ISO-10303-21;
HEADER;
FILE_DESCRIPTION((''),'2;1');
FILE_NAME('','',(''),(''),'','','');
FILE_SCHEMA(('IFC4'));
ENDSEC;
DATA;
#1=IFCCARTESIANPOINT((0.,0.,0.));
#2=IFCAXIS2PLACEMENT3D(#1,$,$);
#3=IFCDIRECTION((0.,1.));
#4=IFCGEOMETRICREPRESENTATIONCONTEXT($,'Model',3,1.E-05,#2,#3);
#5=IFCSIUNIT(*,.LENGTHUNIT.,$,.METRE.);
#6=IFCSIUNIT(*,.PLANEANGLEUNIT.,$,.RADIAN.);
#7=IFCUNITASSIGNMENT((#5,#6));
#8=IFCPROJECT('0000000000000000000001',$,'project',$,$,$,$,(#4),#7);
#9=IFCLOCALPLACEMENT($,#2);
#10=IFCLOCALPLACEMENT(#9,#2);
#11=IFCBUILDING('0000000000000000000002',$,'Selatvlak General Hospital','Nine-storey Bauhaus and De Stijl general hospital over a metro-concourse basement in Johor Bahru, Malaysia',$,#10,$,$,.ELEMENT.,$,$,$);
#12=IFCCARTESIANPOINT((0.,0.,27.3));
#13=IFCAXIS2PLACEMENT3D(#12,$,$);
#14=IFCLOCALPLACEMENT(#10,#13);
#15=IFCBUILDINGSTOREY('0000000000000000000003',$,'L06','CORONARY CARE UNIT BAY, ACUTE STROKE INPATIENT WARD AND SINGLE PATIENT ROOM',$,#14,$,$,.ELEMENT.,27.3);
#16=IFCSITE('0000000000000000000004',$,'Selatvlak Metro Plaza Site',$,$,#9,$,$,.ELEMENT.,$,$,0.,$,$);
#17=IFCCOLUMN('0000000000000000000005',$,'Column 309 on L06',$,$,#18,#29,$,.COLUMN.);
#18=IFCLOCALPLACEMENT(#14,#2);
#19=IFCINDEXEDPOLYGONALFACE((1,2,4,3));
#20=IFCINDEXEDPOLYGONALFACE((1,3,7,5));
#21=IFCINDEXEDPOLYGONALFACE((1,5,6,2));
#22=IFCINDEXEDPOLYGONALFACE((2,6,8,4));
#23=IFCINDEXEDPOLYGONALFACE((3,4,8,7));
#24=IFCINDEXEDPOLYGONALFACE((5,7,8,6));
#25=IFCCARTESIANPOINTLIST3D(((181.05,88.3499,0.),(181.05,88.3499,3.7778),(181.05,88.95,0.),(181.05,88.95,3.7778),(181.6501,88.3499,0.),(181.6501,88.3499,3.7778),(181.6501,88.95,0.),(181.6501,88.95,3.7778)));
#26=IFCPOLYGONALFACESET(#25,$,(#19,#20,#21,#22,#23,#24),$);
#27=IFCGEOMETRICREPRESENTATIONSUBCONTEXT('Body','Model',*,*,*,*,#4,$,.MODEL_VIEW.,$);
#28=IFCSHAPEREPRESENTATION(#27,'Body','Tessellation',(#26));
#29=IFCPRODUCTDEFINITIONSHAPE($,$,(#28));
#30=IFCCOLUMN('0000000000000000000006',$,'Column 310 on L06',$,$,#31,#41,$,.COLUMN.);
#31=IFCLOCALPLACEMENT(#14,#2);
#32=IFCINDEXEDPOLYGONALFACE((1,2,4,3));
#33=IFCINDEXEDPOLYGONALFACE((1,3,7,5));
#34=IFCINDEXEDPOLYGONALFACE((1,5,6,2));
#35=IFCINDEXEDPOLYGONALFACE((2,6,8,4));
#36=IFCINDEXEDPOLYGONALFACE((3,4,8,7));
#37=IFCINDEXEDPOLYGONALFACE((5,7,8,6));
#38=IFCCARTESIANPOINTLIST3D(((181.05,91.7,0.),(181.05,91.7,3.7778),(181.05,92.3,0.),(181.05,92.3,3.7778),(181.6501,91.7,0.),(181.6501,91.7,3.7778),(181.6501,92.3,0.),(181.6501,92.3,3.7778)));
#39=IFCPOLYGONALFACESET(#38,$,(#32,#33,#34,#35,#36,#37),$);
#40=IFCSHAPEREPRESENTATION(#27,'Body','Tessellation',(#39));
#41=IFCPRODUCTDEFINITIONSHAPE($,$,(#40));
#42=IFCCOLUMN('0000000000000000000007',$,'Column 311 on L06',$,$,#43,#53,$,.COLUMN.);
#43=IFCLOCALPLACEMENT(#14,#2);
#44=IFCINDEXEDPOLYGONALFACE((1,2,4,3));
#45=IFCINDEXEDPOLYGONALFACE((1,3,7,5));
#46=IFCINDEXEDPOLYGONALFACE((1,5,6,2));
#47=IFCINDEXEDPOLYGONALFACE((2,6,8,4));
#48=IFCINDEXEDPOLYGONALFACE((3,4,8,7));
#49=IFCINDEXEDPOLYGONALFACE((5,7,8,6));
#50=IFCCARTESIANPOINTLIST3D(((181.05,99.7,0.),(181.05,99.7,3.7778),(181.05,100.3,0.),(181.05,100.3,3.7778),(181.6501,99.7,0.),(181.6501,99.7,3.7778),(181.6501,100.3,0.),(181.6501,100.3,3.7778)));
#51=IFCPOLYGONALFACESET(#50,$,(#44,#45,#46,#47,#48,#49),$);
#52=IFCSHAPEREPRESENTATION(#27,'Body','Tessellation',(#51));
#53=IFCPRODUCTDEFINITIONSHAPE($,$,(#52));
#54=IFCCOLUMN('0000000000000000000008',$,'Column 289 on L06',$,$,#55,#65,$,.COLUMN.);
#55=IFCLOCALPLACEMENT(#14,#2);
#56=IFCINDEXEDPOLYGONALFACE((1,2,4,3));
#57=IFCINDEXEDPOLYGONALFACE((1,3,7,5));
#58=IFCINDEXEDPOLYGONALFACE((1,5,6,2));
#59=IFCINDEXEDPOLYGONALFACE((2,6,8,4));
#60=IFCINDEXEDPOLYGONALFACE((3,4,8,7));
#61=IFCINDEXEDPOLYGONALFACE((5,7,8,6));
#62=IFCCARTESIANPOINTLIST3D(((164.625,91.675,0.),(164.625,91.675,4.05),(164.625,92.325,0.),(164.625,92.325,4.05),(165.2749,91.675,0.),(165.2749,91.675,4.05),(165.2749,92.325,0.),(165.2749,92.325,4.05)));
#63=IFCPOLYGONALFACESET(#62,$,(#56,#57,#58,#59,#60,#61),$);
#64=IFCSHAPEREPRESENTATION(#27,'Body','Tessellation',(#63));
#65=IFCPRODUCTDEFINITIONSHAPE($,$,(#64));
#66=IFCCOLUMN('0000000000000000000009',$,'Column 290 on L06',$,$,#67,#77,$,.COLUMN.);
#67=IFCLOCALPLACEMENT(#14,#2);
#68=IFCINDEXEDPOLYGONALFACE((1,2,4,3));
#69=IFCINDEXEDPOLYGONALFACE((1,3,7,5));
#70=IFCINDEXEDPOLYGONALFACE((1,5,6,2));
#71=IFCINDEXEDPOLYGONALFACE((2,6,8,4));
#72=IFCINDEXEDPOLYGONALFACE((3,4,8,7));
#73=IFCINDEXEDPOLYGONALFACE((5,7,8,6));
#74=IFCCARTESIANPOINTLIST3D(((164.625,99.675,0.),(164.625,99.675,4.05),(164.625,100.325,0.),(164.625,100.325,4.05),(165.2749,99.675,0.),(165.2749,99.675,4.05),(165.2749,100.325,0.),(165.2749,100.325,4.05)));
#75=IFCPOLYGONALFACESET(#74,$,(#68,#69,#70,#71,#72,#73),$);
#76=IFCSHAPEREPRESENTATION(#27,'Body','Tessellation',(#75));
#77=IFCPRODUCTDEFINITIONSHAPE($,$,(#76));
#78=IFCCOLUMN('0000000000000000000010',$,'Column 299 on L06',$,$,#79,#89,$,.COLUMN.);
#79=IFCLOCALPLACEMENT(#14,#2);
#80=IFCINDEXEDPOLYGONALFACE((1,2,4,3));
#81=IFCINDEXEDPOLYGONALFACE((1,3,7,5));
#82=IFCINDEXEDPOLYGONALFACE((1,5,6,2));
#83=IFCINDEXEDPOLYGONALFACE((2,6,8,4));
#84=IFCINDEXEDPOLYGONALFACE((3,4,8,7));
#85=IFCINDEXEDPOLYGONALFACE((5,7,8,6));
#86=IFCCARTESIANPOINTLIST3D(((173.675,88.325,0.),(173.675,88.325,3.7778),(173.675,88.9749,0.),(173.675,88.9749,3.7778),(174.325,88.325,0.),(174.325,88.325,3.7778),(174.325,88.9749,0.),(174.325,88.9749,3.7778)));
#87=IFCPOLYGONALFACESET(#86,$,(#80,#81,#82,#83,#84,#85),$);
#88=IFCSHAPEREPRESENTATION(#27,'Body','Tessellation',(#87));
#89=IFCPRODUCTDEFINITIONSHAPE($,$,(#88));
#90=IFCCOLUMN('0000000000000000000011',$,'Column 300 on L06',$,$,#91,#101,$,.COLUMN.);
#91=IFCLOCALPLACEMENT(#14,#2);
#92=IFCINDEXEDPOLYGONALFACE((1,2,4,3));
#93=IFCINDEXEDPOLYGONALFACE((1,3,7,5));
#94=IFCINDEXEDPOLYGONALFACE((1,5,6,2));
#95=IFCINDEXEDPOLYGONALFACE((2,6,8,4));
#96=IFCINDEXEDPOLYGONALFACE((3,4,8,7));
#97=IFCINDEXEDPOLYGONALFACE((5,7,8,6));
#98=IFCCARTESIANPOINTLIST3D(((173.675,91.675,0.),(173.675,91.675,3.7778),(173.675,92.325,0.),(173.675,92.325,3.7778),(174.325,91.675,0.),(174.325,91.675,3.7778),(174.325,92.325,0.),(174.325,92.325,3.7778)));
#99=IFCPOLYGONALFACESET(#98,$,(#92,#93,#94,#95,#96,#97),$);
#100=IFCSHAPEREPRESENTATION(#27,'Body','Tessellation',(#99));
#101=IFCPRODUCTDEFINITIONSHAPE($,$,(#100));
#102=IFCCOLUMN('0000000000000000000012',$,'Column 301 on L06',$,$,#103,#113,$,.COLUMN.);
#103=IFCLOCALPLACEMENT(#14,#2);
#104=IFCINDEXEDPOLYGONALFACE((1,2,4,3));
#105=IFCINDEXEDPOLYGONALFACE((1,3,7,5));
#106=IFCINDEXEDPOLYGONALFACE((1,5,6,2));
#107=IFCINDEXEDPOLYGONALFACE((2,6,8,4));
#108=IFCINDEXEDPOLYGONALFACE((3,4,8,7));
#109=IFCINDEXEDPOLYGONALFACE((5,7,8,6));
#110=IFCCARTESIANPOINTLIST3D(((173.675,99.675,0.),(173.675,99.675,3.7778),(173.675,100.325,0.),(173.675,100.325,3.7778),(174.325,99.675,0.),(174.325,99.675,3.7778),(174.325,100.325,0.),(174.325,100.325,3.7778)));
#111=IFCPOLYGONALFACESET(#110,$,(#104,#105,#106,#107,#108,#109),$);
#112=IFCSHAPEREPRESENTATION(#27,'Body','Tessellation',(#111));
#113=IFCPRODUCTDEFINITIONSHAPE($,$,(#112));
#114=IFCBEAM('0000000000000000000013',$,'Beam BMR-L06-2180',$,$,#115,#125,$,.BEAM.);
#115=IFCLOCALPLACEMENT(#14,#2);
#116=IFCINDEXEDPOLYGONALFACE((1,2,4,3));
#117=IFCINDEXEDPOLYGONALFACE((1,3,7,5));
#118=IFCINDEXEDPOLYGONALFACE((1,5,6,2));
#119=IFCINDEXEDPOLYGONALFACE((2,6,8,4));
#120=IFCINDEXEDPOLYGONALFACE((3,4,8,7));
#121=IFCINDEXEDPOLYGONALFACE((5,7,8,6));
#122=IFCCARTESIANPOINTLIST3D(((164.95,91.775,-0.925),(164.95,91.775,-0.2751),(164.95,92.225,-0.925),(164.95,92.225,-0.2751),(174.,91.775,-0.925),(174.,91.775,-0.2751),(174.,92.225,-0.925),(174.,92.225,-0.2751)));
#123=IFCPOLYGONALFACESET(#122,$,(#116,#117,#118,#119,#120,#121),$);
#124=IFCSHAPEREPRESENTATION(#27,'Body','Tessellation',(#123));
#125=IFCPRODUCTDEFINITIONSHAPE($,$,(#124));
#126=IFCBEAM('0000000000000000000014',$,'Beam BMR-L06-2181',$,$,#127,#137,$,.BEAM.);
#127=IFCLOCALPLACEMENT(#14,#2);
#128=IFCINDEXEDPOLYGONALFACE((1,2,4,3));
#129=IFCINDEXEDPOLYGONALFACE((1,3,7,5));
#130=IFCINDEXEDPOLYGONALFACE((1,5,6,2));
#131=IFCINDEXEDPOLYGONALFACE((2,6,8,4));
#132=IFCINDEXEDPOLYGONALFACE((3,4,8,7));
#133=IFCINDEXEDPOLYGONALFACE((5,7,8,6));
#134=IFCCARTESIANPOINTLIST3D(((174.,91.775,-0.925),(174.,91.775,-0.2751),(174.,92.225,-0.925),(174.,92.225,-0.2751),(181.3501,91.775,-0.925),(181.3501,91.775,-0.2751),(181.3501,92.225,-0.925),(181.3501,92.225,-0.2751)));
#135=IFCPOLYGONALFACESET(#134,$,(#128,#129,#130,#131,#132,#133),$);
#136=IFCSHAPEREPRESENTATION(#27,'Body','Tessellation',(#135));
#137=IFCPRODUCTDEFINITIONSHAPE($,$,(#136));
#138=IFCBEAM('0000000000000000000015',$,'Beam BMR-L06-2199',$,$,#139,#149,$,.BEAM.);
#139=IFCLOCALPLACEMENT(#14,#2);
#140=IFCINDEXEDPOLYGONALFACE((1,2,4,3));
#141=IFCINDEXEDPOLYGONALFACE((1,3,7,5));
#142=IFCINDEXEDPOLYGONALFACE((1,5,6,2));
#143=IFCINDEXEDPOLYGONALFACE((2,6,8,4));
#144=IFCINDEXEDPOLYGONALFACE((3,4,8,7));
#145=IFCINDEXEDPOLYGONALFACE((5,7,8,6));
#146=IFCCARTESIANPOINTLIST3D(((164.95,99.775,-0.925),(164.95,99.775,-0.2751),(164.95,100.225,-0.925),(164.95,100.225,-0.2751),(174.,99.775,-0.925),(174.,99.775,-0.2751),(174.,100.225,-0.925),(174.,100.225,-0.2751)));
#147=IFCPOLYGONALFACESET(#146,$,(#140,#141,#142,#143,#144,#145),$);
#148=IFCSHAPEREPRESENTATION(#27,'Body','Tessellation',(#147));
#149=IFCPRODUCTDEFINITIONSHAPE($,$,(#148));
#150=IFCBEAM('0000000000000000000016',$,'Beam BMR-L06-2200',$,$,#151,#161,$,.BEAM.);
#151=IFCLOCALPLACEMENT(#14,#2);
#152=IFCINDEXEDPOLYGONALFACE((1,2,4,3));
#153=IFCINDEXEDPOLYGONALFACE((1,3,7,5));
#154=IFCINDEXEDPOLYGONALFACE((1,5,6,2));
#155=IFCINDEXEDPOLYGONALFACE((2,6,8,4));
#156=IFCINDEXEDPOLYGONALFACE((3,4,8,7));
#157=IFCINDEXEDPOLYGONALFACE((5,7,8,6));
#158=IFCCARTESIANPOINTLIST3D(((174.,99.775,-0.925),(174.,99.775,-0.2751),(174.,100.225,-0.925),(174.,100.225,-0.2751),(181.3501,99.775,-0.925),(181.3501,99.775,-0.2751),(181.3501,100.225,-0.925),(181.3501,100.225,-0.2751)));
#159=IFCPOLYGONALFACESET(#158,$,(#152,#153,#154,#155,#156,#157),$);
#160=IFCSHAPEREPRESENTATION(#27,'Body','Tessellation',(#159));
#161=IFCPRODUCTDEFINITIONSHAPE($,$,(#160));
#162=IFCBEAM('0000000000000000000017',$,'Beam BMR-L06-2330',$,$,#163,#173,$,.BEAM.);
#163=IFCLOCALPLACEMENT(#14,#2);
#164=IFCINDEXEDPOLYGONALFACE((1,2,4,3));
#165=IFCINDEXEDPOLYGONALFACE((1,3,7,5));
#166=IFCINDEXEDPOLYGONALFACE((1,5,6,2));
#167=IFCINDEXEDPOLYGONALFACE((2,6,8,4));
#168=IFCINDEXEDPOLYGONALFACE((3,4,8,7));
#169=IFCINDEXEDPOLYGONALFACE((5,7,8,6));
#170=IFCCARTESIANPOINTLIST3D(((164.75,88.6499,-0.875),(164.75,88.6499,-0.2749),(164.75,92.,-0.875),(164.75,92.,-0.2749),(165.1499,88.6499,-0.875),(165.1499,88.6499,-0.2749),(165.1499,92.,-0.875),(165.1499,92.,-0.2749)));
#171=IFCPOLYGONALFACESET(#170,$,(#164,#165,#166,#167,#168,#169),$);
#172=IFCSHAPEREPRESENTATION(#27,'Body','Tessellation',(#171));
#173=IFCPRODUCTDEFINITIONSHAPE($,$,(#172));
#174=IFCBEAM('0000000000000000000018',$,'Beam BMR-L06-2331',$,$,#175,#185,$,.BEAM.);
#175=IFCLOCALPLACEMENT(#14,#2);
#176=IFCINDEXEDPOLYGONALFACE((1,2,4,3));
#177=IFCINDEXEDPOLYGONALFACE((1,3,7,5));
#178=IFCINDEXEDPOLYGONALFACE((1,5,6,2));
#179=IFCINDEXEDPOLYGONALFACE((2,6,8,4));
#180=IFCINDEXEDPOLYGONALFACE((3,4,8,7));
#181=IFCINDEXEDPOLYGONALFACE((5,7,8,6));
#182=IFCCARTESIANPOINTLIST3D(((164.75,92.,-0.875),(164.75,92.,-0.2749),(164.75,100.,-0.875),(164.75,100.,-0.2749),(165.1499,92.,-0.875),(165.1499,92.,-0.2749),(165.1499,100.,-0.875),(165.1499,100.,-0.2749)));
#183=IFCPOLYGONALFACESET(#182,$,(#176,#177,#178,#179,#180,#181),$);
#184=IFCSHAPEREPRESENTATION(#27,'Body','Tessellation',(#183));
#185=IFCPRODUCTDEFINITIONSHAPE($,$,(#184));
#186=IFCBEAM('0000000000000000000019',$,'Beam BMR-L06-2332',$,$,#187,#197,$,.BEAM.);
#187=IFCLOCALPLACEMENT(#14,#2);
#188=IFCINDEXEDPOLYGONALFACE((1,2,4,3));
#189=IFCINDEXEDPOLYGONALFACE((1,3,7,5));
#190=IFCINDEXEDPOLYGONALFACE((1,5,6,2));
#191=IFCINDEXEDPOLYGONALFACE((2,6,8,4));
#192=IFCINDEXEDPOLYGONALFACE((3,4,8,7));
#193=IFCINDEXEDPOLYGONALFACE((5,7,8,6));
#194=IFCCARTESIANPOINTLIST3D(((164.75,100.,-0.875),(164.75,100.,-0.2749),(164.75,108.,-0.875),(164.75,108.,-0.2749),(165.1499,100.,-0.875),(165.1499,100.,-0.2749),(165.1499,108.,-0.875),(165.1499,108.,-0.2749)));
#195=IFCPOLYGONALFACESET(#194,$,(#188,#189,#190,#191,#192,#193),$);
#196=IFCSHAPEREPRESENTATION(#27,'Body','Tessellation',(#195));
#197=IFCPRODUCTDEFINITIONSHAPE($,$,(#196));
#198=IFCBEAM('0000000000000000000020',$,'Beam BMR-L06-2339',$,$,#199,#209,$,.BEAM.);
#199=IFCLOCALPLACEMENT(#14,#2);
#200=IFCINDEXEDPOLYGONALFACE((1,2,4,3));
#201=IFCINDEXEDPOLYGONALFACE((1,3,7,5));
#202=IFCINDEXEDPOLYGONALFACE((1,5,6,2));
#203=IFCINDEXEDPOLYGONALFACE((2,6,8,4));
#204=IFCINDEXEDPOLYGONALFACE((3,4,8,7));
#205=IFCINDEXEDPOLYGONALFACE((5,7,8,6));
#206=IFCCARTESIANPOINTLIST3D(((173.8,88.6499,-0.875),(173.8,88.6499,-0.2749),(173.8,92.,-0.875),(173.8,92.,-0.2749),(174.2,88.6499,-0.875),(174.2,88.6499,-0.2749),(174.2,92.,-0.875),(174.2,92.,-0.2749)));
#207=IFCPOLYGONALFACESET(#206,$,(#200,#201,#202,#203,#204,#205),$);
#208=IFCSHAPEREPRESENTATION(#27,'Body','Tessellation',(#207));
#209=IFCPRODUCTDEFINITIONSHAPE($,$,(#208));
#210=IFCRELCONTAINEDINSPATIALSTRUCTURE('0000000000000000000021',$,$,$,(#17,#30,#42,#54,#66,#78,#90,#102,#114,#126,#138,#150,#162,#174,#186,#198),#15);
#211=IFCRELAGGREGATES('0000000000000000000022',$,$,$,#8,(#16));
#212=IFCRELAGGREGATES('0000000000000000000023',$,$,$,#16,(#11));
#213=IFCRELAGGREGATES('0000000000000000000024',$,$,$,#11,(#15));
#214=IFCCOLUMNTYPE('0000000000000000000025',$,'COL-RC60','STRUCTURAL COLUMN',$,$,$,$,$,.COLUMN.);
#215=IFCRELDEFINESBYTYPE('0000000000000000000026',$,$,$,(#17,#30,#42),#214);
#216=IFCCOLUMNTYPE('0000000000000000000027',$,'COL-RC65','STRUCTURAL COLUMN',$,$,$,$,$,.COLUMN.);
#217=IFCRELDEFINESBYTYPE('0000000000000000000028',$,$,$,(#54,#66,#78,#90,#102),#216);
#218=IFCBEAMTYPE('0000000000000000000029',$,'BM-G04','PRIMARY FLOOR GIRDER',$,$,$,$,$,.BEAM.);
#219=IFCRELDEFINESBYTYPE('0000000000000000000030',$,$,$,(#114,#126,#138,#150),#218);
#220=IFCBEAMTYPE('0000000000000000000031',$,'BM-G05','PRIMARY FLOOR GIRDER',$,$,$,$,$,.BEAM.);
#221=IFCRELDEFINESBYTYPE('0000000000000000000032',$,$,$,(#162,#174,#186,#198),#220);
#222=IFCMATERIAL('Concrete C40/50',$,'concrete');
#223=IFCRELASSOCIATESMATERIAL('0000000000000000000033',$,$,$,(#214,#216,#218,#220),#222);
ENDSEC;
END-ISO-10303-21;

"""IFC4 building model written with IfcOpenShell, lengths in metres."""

from ifc_helpers import new_model, si_unit, direction, frame, origin, origin_2d, place, context, subcontext, project, spatial, rectangle, extrude, material, material_profile, profile_set, type_object, element, save


model = new_model("IFC4")

# Units and contexts
model_context = context("Model", 3, precision=1e-05, world=origin(), true_north=direction((0.0, 1.0)))
body_context = subcontext(model_context, "Body", "Model", "MODEL_VIEW")
ifc_project = project(units=[si_unit("LENGTHUNIT", "METRE"), si_unit("PLANEANGLEUNIT", "RADIAN")], contexts=[model_context])

# Site, building, storey
site_placement = place(None, origin())
site = spatial("IfcSite", under=ifc_project, at=site_placement, Name="Selatvlak Metro Plaza Site", CompositionType="ELEMENT", RefElevation=0.0)
building_placement = place(site_placement, origin())
building = spatial("IfcBuilding", under=site, at=building_placement, Name="Selatvlak General Hospital", Description="Nine-storey Bauhaus and De Stijl general hospital over a metro-concourse basement in Johor Bahru, Malaysia", CompositionType="ELEMENT")
storey_placement = place(building_placement, frame((0.0, 0.0, 27.3)))
storey = spatial("IfcBuildingStorey", under=building, at=storey_placement, Name="L06", Description="CORONARY CARE UNIT BAY, ACUTE STROKE INPATIENT WARD AND SINGLE PATIENT ROOM", CompositionType="ELEMENT", Elevation=27.3)

# Columns
ifc_material = material(Name="Concrete C40/50", Category="concrete")
ifc_material_profile_1 = material_profile(ifc_material, rectangle(XDim=0.6001, YDim=0.6001, at=origin_2d()), Name="RC-COL 600x600")
ifc_profile_set_1 = profile_set([ifc_material_profile_1], Name="Concrete C40/50")
column_type_1 = type_object("IfcColumnType", Name="COL-RC60", Description="STRUCTURAL COLUMN", PredefinedType="COLUMN", material=ifc_profile_set_1)
for number, where, z_axis, x_axis, name in (
    (1, (181.3501, 88.6499, 0.0), (0.0, 0.0, 1.0), (1.0, 0.0, 0.0), "Column 309 on L06"),
    (2, (181.3501, 92.0, 0.0), (0.0, 0.0, 1.0), (1.0, 0.0, 0.0), "Column 310 on L06"),
    (3, (181.3501, 100.0, 0.0), (0.0, 0.0, 1.0), (1.0, 0.0, 0.0), "Column 311 on L06"),
):
    element("IfcColumn", number, at=place(storey_placement, frame(where, z_axis=z_axis, x_axis=x_axis)), inside=storey, type_object=column_type_1, Name=name, PredefinedType="COLUMN", context=body_context, shape_type="SweptSolid", body=[
        extrude(rectangle(XDim=0.6001, YDim=0.6001, at=origin_2d()), origin(), (0.0, 0.0, 1.0), 3.7778),
    ])
ifc_material_profile_2 = material_profile(ifc_material, rectangle(XDim=0.6499, YDim=0.6499, at=origin_2d()), Name="RC-COL 650x650")
ifc_profile_set_2 = profile_set([ifc_material_profile_2], Name="Concrete C40/50")
column_type_2 = type_object("IfcColumnType", Name="COL-RC65", Description="STRUCTURAL COLUMN", PredefinedType="COLUMN", material=ifc_profile_set_2)
for number, where, z_axis, x_axis, name in (
    (4, (164.95, 92.0, 0.0), (0.0, 0.0, 1.0), (1.0, 0.0, 0.0), "Column 289 on L06"),
    (5, (164.95, 100.0, 0.0), (0.0, 0.0, 1.0), (1.0, 0.0, 0.0), "Column 290 on L06"),
):
    element("IfcColumn", number, at=place(storey_placement, frame(where, z_axis=z_axis, x_axis=x_axis)), inside=storey, type_object=column_type_2, Name=name, PredefinedType="COLUMN", context=body_context, shape_type="SweptSolid", body=[
        extrude(rectangle(XDim=0.6499, YDim=0.6499, at=origin_2d()), origin(), (0.0, 0.0, 1.0), 4.05),
    ])
for number, where, z_axis, x_axis, name in (
    (6, (174.0, 88.6499, 0.0), (0.0, 0.0, 1.0), (1.0, 0.0, 0.0), "Column 299 on L06"),
    (7, (174.0, 92.0, 0.0), (0.0, 0.0, 1.0), (1.0, 0.0, 0.0), "Column 300 on L06"),
    (8, (174.0, 100.0, 0.0), (0.0, 0.0, 1.0), (1.0, 0.0, 0.0), "Column 301 on L06"),
):
    element("IfcColumn", number, at=place(storey_placement, frame(where, z_axis=z_axis, x_axis=x_axis)), inside=storey, type_object=column_type_2, Name=name, PredefinedType="COLUMN", context=body_context, shape_type="SweptSolid", body=[
        extrude(rectangle(XDim=0.6499, YDim=0.6499, at=origin_2d()), origin(), (0.0, 0.0, 1.0), 3.7778),
    ])

# Beams
ifc_material_profile_3 = material_profile(ifc_material, rectangle(XDim=0.45, YDim=0.6499, at=origin_2d()), Name="RC-BM 450x650")
ifc_profile_set_3 = profile_set([ifc_material_profile_3], Name="Concrete C40/50")
beam_type_1 = type_object("IfcBeamType", Name="BM-G04", Description="PRIMARY FLOOR GIRDER", PredefinedType="BEAM", material=ifc_profile_set_3)
beam_1_placement = place(storey_placement, frame((164.95, 92.0, -0.6001), z_axis=(1.0, 0.0, 0.0), x_axis=(0.0, 1.0, 0.0)))
element("IfcBeam", 9, at=beam_1_placement, inside=storey, type_object=beam_type_1, Name="Beam BMR-L06-2180", PredefinedType="BEAM", context=body_context, shape_type="SweptSolid", body=[
    extrude(rectangle(XDim=0.45, YDim=0.6499, at=origin_2d()), origin(), (0.0, 0.0, 1.0), 9.05),
])
beam_2_placement = place(storey_placement, frame((174.0, 92.0, -0.6001), z_axis=(1.0, 0.0, 0.0), x_axis=(0.0, 1.0, 0.0)))
element("IfcBeam", 10, at=beam_2_placement, inside=storey, type_object=beam_type_1, Name="Beam BMR-L06-2181", PredefinedType="BEAM", context=body_context, shape_type="SweptSolid", body=[
    extrude(rectangle(XDim=0.45, YDim=0.6499, at=origin_2d()), origin(), (0.0, 0.0, 1.0), 7.3501),
])
beam_3_placement = place(storey_placement, frame((164.95, 100.0, -0.6001), z_axis=(1.0, 0.0, 0.0), x_axis=(0.0, 1.0, 0.0)))
element("IfcBeam", 11, at=beam_3_placement, inside=storey, type_object=beam_type_1, Name="Beam BMR-L06-2199", PredefinedType="BEAM", context=body_context, shape_type="SweptSolid", body=[
    extrude(rectangle(XDim=0.45, YDim=0.6499, at=origin_2d()), origin(), (0.0, 0.0, 1.0), 9.05),
])
beam_4_placement = place(storey_placement, frame((174.0, 100.0, -0.6001), z_axis=(1.0, 0.0, 0.0), x_axis=(0.0, 1.0, 0.0)))
element("IfcBeam", 12, at=beam_4_placement, inside=storey, type_object=beam_type_1, Name="Beam BMR-L06-2200", PredefinedType="BEAM", context=body_context, shape_type="SweptSolid", body=[
    extrude(rectangle(XDim=0.45, YDim=0.6499, at=origin_2d()), origin(), (0.0, 0.0, 1.0), 7.3501),
])
ifc_material_profile_4 = material_profile(ifc_material, rectangle(XDim=0.3999, YDim=0.6001, at=origin_2d()), Name="RC-BM 400x600")
ifc_profile_set_4 = profile_set([ifc_material_profile_4], Name="Concrete C40/50")
beam_type_2 = type_object("IfcBeamType", Name="BM-G05", Description="PRIMARY FLOOR GIRDER", PredefinedType="BEAM", material=ifc_profile_set_4)
beam_5_placement = place(storey_placement, frame((164.95, 88.6499, -0.575), z_axis=(0.0, 1.0, 0.0), x_axis=(-1.0, 0.0, 0.0)))
element("IfcBeam", 13, at=beam_5_placement, inside=storey, type_object=beam_type_2, Name="Beam BMR-L06-2330", PredefinedType="BEAM", context=body_context, shape_type="SweptSolid", body=[
    extrude(rectangle(XDim=0.3999, YDim=0.6001, at=origin_2d()), origin(), (0.0, 0.0, 1.0), 3.3501),
])
for number, where, z_axis, x_axis, name in (
    (14, (164.95, 92.0, -0.575), (0.0, 1.0, 0.0), (-1.0, 0.0, 0.0), "Beam BMR-L06-2331"),
    (15, (164.95, 100.0, -0.575), (0.0, 1.0, 0.0), (-1.0, 0.0, 0.0), "Beam BMR-L06-2332"),
):
    element("IfcBeam", number, at=place(storey_placement, frame(where, z_axis=z_axis, x_axis=x_axis)), inside=storey, type_object=beam_type_2, Name=name, PredefinedType="BEAM", context=body_context, shape_type="SweptSolid", body=[
        extrude(rectangle(XDim=0.3999, YDim=0.6001, at=origin_2d()), origin(), (0.0, 0.0, 1.0), 8.0),
    ])
beam_6_placement = place(storey_placement, frame((174.0, 88.6499, -0.575), z_axis=(0.0, 1.0, 0.0), x_axis=(-1.0, 0.0, 0.0)))
element("IfcBeam", 16, at=beam_6_placement, inside=storey, type_object=beam_type_2, Name="Beam BMR-L06-2339", PredefinedType="BEAM", context=body_context, shape_type="SweptSolid", body=[
    extrude(rectangle(XDim=0.3999, YDim=0.6001, at=origin_2d()), origin(), (0.0, 0.0, 1.0), 3.3501),
])

save(model, "model.ifc")
